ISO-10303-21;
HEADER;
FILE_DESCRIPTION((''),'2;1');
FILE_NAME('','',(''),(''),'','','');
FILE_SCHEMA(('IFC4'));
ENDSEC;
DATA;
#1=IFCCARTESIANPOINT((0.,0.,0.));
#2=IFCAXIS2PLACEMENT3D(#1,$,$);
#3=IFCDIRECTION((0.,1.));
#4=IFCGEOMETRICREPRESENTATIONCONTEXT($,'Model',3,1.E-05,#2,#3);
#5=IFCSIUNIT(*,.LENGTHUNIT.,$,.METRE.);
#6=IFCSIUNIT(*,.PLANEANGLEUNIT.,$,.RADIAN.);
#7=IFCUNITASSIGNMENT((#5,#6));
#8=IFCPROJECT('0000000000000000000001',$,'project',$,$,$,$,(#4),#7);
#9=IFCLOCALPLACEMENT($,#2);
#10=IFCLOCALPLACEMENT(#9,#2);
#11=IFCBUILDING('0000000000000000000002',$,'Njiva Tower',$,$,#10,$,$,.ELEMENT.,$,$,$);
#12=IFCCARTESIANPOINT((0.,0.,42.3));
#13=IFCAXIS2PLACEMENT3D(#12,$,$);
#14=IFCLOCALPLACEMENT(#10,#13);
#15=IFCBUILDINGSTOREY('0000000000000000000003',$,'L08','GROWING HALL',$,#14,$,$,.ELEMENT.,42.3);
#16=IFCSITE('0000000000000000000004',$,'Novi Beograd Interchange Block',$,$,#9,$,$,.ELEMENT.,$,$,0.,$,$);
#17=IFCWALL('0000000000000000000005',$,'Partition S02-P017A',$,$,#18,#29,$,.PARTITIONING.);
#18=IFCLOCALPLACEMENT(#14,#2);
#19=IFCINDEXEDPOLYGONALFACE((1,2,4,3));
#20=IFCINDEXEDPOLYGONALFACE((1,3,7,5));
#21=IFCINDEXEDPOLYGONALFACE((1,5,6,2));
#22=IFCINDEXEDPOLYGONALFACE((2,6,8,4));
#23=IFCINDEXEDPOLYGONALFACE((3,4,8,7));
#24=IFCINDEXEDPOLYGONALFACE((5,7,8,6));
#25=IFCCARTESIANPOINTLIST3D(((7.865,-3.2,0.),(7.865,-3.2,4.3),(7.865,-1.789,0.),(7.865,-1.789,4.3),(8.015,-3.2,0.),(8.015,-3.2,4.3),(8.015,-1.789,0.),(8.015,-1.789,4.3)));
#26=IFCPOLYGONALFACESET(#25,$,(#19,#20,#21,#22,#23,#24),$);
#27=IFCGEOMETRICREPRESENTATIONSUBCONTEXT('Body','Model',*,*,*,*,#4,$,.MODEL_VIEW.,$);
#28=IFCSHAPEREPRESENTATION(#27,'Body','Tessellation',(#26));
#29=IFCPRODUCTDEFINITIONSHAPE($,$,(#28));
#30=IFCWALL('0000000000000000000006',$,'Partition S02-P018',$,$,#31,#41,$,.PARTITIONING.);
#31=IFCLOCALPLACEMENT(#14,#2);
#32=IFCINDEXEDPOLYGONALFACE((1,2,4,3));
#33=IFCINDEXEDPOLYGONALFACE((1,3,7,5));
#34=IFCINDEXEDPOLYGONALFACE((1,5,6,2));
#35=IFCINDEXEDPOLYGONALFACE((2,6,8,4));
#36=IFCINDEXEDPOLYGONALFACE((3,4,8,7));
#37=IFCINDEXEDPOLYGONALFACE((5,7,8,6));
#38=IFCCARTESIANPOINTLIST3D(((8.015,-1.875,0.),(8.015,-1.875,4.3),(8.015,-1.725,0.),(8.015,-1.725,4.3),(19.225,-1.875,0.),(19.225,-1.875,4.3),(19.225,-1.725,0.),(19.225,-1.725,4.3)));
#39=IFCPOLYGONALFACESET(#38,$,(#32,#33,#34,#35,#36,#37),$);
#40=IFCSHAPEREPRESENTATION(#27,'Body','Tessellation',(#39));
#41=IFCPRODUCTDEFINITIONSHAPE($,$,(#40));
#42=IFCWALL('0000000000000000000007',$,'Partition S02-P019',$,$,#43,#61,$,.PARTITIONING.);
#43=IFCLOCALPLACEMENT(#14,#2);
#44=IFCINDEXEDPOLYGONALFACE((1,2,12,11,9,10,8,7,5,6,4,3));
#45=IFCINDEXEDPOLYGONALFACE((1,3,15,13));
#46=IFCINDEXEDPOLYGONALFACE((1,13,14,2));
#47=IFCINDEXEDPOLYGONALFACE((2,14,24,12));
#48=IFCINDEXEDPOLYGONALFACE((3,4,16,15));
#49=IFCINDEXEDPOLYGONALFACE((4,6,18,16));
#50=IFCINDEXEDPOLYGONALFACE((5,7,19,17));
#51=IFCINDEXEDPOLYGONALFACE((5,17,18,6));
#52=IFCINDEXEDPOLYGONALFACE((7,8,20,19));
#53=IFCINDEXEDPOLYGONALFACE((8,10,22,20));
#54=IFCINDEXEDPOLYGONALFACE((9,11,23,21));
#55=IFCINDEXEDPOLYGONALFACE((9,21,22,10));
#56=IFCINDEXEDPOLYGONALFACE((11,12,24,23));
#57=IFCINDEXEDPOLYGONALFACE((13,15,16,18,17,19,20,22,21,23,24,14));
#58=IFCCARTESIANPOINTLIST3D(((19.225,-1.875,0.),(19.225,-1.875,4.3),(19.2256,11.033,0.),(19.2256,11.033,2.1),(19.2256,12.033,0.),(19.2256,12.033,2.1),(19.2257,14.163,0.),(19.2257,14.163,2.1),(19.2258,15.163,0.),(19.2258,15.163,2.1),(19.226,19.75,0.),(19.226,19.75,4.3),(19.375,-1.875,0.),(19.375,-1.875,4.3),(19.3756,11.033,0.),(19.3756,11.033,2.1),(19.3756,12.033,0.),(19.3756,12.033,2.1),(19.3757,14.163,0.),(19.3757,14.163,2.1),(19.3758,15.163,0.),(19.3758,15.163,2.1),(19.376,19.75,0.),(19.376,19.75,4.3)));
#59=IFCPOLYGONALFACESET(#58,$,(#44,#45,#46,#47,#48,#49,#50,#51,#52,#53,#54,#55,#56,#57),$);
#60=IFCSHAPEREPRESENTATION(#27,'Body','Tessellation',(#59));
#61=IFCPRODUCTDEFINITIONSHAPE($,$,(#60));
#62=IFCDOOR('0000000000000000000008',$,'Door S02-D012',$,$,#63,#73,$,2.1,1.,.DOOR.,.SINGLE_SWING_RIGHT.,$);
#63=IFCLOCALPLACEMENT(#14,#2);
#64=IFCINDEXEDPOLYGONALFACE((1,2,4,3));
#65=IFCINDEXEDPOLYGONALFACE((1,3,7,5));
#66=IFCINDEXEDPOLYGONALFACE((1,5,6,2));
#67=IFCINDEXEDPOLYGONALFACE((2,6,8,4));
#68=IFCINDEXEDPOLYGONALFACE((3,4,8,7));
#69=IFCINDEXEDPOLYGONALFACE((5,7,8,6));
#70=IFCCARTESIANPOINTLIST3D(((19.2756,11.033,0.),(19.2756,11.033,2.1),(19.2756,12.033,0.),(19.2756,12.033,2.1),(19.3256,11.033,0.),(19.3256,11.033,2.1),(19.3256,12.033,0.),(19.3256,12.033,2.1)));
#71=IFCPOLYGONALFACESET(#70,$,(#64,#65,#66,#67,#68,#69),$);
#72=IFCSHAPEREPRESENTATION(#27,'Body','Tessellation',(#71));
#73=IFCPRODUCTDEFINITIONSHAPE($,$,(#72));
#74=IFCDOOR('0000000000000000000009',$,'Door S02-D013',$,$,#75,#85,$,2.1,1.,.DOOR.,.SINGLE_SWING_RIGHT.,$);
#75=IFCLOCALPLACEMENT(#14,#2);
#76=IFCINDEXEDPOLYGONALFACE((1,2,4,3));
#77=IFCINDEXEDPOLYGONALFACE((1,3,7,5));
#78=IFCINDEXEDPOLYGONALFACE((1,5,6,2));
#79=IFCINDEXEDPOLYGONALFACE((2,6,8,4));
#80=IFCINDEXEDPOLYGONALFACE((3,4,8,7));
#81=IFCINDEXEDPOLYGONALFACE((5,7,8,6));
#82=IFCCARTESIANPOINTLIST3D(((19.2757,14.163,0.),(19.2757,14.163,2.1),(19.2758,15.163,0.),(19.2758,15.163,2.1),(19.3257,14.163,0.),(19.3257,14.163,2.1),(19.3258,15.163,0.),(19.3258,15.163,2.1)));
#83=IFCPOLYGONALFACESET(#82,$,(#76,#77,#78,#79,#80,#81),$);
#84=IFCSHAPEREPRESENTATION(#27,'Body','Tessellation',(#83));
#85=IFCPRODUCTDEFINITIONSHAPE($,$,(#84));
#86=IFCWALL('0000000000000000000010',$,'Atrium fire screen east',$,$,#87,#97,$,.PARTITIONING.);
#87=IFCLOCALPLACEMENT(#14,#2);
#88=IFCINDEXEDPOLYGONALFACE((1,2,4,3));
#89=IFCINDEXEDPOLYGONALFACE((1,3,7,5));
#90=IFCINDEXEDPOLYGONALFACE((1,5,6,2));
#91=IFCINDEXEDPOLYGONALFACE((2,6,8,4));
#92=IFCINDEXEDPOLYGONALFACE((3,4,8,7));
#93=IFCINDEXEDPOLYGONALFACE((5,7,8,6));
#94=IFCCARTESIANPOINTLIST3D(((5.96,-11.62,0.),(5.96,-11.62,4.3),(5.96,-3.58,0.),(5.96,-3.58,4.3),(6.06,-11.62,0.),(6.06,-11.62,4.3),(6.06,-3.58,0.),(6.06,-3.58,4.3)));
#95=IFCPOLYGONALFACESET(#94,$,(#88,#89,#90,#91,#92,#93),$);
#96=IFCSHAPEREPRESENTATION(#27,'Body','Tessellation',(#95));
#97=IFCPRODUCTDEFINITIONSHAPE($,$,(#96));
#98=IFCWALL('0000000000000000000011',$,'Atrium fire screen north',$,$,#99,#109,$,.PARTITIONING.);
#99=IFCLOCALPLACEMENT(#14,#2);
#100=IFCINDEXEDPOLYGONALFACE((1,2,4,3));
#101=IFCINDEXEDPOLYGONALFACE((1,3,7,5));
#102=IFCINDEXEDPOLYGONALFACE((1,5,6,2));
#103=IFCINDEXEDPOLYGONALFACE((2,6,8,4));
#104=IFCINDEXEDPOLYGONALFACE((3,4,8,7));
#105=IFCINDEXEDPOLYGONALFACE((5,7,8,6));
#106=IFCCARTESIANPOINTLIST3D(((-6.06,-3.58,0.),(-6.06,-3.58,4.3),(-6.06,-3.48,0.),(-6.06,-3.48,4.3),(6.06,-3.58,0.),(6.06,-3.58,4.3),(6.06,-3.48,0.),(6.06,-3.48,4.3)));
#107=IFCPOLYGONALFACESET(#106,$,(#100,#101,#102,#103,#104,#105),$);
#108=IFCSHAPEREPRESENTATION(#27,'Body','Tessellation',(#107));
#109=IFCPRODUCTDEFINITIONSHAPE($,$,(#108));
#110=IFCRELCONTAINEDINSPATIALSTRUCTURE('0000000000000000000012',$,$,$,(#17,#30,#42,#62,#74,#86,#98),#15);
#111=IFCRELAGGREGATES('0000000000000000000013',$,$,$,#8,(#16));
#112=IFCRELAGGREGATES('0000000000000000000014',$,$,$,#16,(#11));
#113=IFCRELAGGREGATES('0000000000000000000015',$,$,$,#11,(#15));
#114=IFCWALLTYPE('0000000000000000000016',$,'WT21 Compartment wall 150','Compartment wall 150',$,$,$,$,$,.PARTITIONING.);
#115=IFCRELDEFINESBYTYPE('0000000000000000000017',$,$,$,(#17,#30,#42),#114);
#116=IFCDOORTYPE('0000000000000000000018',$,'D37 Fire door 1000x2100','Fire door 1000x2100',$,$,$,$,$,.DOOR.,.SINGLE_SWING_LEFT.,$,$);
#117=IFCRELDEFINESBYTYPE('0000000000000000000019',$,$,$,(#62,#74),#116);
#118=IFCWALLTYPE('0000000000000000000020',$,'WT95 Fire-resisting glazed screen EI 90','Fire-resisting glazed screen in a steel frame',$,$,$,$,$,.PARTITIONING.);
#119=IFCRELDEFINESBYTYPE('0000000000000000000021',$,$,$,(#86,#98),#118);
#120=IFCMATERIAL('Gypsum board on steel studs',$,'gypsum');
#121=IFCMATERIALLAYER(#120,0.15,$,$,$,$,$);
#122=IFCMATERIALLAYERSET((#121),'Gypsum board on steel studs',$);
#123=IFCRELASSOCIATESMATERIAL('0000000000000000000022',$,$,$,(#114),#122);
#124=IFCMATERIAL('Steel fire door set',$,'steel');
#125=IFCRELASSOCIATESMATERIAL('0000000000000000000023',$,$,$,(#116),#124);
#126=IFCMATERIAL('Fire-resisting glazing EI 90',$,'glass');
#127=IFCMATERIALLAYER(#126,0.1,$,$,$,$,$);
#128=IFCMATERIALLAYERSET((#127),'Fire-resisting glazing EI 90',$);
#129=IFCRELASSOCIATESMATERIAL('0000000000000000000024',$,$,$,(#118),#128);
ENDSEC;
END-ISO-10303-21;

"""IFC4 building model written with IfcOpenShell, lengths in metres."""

from ifc_helpers import new_model, si_unit, direction, frame, frame_2d, origin, place, context, subcontext, project, spatial, rectangle, extrude, material, layer, layer_set, type_object, element, fill, save


model = new_model("IFC4")

# Units and contexts
model_context = context("Model", 3, precision=1e-05, world=origin(), true_north=direction((0.0, 1.0)))
body_context = subcontext(model_context, "Body", "Model", "MODEL_VIEW")
ifc_project = project(units=[si_unit("LENGTHUNIT", "METRE"), si_unit("PLANEANGLEUNIT", "RADIAN")], contexts=[model_context])

# Site, building, storey
site_placement = place(None, origin())
site = spatial("IfcSite", under=ifc_project, at=site_placement, Name="Novi Beograd Interchange Block", CompositionType="ELEMENT", RefElevation=0.0)
building_placement = place(site_placement, origin())
building = spatial("IfcBuilding", under=site, at=building_placement, Name="Njiva Tower", CompositionType="ELEMENT")
storey_placement = place(building_placement, frame((0.0, 0.0, 42.3)))
storey = spatial("IfcBuildingStorey", under=building, at=storey_placement, Name="L08", Description="GROWING HALL", CompositionType="ELEMENT", Elevation=42.3)

# Shared definitions
ifc_material_1 = material(Name="Gypsum board on steel studs", Category="gypsum")
ifc_layer_1 = layer(ifc_material_1, 0.15)
ifc_layer_set_1 = layer_set([ifc_layer_1], Name="Gypsum board on steel studs")
wall_type_1 = type_object("IfcWallType", Name="WT21 Compartment wall 150", Description="Compartment wall 150", PredefinedType="PARTITIONING", material=ifc_layer_set_1)

# Shared definitions
ifc_material_2 = material(Name="Steel fire door set", Category="steel")
door_type = type_object("IfcDoorType", Name="D37 Fire door 1000x2100", Description="Fire door 1000x2100", OperationType="SINGLE_SWING_LEFT", PredefinedType="DOOR", material=ifc_material_2)

# Walls
wall_1_placement = place(storey_placement, frame((7.94, -3.2, 0.0), z_axis=(0.0, 0.0, 1.0), x_axis=(0.0, 1.0, 0.0)))
element("IfcWall", 1, at=wall_1_placement, inside=storey, type_object=wall_type_1, Name="Partition S02-P017A", PredefinedType="PARTITIONING", context=body_context, shape_type="SweptSolid", body=[
    extrude(rectangle(XDim=1.411, YDim=0.15, at=frame_2d((0.7055, 0.0))), origin(), (0.0, 0.0, 1.0), 4.3),
])
wall_2_placement = place(storey_placement, frame((8.015, -1.8, 0.0), z_axis=(0.0, 0.0, 1.0), x_axis=(1.0, 0.0, 0.0)))
element("IfcWall", 2, at=wall_2_placement, inside=storey, type_object=wall_type_1, Name="Partition S02-P018", PredefinedType="PARTITIONING", context=body_context, shape_type="SweptSolid", body=[
    extrude(rectangle(XDim=11.21, YDim=0.15, at=frame_2d((5.605, 0.0))), origin(), (0.0, 0.0, 1.0), 4.3),
])

# Wall, openings, doors
wall_3_placement = place(storey_placement, frame((19.3, -1.875, 0.0), z_axis=(0.0, 0.0, 1.0), x_axis=(0.000046, 1.0, 0.0)))
wall_3 = element("IfcWall", 3, at=wall_3_placement, inside=storey, type_object=wall_type_1, Name="Partition S02-P019", PredefinedType="PARTITIONING", context=body_context, shape_type="SweptSolid", body=[
    extrude(rectangle(XDim=21.625, YDim=0.15, at=frame_2d((10.8125, 0.0))), origin(), (0.0, 0.0, 1.0), 4.3),
])
opening_1_placement = place(wall_3_placement, frame((12.908, 0.0, 0.0)))
opening_1 = element("IfcOpeningElement", 4, at=opening_1_placement, cuts=wall_3, PredefinedType="OPENING", context=body_context, shape_type="SweptSolid", body=[
    extrude(rectangle(XDim=1.0, YDim=2.1, at=frame_2d((0.5, 1.05))), frame((0.0, 0.085, 0.0), z_axis=(0.0, -1.0, 0.0), x_axis=(1.0, 0.0, 0.0)), (0.0, 0.0, 1.0), 0.17),
])
opening_2_placement = place(wall_3_placement, frame((16.038, 0.0, 0.0)))
opening_2 = element("IfcOpeningElement", 5, at=opening_2_placement, cuts=wall_3, PredefinedType="OPENING", context=body_context, shape_type="SweptSolid", body=[
    extrude(rectangle(XDim=1.0, YDim=2.1, at=frame_2d((0.5, 1.05))), frame((0.0, 0.085, 0.0), z_axis=(0.0, -1.0, 0.0), x_axis=(1.0, 0.0, 0.0)), (0.0, 0.0, 1.0), 0.17),
])
door_1_placement = place(opening_1_placement, origin())
door_1 = element("IfcDoor", 6, at=door_1_placement, inside=storey, type_object=door_type, Name="Door S02-D012", OperationType="SINGLE_SWING_RIGHT", OverallHeight=2.1, OverallWidth=1.0, PredefinedType="DOOR", context=body_context, shape_type="SweptSolid", body=[
    extrude(rectangle(XDim=1.0, YDim=2.1, at=frame_2d((0.5, 1.05))), frame((0.0, 0.025, 0.0), z_axis=(0.0, -1.0, 0.0), x_axis=(1.0, 0.0, 0.0)), (0.0, 0.0, 1.0), 0.05),
])
fill(opening_1, door_1)
door_2_placement = place(opening_2_placement, origin())
door_2 = element("IfcDoor", 7, at=door_2_placement, inside=storey, type_object=door_type, Name="Door S02-D013", OperationType="SINGLE_SWING_RIGHT", OverallHeight=2.1, OverallWidth=1.0, PredefinedType="DOOR", context=body_context, shape_type="SweptSolid", body=[
    extrude(rectangle(XDim=1.0, YDim=2.1, at=frame_2d((0.5, 1.05))), frame((0.0, 0.025, 0.0), z_axis=(0.0, -1.0, 0.0), x_axis=(1.0, 0.0, 0.0)), (0.0, 0.0, 1.0), 0.05),
])
fill(opening_2, door_2)

# Walls
ifc_material_3 = material(Name="Fire-resisting glazing EI 90", Category="glass")
ifc_layer_2 = layer(ifc_material_3, 0.1)
ifc_layer_set_2 = layer_set([ifc_layer_2], Name="Fire-resisting glazing EI 90")
wall_type_2 = type_object("IfcWallType", Name="WT95 Fire-resisting glazed screen EI 90", Description="Fire-resisting glazed screen in a steel frame", PredefinedType="PARTITIONING", material=ifc_layer_set_2)
wall_4_placement = place(storey_placement, frame((6.01, -11.62, 0.0), z_axis=(0.0, 0.0, 1.0), x_axis=(0.0, 1.0, 0.0)))
element("IfcWall", 8, at=wall_4_placement, inside=storey, type_object=wall_type_2, Name="Atrium fire screen east", PredefinedType="PARTITIONING", context=body_context, shape_type="SweptSolid", body=[
    extrude(rectangle(XDim=8.04, YDim=0.1, at=frame_2d((4.02, 0.0))), origin(), (0.0, 0.0, 1.0), 4.3),
])
wall_5_placement = place(storey_placement, frame((6.06, -3.53, 0.0), z_axis=(0.0, 0.0, 1.0), x_axis=(-1.0, 0.0, 0.0)))
element("IfcWall", 9, at=wall_5_placement, inside=storey, type_object=wall_type_2, Name="Atrium fire screen north", PredefinedType="PARTITIONING", context=body_context, shape_type="SweptSolid", body=[
    extrude(rectangle(XDim=12.12, YDim=0.1, at=frame_2d((6.06, 0.0))), origin(), (0.0, 0.0, 1.0), 4.3),
])

save(model, "model.ifc")
